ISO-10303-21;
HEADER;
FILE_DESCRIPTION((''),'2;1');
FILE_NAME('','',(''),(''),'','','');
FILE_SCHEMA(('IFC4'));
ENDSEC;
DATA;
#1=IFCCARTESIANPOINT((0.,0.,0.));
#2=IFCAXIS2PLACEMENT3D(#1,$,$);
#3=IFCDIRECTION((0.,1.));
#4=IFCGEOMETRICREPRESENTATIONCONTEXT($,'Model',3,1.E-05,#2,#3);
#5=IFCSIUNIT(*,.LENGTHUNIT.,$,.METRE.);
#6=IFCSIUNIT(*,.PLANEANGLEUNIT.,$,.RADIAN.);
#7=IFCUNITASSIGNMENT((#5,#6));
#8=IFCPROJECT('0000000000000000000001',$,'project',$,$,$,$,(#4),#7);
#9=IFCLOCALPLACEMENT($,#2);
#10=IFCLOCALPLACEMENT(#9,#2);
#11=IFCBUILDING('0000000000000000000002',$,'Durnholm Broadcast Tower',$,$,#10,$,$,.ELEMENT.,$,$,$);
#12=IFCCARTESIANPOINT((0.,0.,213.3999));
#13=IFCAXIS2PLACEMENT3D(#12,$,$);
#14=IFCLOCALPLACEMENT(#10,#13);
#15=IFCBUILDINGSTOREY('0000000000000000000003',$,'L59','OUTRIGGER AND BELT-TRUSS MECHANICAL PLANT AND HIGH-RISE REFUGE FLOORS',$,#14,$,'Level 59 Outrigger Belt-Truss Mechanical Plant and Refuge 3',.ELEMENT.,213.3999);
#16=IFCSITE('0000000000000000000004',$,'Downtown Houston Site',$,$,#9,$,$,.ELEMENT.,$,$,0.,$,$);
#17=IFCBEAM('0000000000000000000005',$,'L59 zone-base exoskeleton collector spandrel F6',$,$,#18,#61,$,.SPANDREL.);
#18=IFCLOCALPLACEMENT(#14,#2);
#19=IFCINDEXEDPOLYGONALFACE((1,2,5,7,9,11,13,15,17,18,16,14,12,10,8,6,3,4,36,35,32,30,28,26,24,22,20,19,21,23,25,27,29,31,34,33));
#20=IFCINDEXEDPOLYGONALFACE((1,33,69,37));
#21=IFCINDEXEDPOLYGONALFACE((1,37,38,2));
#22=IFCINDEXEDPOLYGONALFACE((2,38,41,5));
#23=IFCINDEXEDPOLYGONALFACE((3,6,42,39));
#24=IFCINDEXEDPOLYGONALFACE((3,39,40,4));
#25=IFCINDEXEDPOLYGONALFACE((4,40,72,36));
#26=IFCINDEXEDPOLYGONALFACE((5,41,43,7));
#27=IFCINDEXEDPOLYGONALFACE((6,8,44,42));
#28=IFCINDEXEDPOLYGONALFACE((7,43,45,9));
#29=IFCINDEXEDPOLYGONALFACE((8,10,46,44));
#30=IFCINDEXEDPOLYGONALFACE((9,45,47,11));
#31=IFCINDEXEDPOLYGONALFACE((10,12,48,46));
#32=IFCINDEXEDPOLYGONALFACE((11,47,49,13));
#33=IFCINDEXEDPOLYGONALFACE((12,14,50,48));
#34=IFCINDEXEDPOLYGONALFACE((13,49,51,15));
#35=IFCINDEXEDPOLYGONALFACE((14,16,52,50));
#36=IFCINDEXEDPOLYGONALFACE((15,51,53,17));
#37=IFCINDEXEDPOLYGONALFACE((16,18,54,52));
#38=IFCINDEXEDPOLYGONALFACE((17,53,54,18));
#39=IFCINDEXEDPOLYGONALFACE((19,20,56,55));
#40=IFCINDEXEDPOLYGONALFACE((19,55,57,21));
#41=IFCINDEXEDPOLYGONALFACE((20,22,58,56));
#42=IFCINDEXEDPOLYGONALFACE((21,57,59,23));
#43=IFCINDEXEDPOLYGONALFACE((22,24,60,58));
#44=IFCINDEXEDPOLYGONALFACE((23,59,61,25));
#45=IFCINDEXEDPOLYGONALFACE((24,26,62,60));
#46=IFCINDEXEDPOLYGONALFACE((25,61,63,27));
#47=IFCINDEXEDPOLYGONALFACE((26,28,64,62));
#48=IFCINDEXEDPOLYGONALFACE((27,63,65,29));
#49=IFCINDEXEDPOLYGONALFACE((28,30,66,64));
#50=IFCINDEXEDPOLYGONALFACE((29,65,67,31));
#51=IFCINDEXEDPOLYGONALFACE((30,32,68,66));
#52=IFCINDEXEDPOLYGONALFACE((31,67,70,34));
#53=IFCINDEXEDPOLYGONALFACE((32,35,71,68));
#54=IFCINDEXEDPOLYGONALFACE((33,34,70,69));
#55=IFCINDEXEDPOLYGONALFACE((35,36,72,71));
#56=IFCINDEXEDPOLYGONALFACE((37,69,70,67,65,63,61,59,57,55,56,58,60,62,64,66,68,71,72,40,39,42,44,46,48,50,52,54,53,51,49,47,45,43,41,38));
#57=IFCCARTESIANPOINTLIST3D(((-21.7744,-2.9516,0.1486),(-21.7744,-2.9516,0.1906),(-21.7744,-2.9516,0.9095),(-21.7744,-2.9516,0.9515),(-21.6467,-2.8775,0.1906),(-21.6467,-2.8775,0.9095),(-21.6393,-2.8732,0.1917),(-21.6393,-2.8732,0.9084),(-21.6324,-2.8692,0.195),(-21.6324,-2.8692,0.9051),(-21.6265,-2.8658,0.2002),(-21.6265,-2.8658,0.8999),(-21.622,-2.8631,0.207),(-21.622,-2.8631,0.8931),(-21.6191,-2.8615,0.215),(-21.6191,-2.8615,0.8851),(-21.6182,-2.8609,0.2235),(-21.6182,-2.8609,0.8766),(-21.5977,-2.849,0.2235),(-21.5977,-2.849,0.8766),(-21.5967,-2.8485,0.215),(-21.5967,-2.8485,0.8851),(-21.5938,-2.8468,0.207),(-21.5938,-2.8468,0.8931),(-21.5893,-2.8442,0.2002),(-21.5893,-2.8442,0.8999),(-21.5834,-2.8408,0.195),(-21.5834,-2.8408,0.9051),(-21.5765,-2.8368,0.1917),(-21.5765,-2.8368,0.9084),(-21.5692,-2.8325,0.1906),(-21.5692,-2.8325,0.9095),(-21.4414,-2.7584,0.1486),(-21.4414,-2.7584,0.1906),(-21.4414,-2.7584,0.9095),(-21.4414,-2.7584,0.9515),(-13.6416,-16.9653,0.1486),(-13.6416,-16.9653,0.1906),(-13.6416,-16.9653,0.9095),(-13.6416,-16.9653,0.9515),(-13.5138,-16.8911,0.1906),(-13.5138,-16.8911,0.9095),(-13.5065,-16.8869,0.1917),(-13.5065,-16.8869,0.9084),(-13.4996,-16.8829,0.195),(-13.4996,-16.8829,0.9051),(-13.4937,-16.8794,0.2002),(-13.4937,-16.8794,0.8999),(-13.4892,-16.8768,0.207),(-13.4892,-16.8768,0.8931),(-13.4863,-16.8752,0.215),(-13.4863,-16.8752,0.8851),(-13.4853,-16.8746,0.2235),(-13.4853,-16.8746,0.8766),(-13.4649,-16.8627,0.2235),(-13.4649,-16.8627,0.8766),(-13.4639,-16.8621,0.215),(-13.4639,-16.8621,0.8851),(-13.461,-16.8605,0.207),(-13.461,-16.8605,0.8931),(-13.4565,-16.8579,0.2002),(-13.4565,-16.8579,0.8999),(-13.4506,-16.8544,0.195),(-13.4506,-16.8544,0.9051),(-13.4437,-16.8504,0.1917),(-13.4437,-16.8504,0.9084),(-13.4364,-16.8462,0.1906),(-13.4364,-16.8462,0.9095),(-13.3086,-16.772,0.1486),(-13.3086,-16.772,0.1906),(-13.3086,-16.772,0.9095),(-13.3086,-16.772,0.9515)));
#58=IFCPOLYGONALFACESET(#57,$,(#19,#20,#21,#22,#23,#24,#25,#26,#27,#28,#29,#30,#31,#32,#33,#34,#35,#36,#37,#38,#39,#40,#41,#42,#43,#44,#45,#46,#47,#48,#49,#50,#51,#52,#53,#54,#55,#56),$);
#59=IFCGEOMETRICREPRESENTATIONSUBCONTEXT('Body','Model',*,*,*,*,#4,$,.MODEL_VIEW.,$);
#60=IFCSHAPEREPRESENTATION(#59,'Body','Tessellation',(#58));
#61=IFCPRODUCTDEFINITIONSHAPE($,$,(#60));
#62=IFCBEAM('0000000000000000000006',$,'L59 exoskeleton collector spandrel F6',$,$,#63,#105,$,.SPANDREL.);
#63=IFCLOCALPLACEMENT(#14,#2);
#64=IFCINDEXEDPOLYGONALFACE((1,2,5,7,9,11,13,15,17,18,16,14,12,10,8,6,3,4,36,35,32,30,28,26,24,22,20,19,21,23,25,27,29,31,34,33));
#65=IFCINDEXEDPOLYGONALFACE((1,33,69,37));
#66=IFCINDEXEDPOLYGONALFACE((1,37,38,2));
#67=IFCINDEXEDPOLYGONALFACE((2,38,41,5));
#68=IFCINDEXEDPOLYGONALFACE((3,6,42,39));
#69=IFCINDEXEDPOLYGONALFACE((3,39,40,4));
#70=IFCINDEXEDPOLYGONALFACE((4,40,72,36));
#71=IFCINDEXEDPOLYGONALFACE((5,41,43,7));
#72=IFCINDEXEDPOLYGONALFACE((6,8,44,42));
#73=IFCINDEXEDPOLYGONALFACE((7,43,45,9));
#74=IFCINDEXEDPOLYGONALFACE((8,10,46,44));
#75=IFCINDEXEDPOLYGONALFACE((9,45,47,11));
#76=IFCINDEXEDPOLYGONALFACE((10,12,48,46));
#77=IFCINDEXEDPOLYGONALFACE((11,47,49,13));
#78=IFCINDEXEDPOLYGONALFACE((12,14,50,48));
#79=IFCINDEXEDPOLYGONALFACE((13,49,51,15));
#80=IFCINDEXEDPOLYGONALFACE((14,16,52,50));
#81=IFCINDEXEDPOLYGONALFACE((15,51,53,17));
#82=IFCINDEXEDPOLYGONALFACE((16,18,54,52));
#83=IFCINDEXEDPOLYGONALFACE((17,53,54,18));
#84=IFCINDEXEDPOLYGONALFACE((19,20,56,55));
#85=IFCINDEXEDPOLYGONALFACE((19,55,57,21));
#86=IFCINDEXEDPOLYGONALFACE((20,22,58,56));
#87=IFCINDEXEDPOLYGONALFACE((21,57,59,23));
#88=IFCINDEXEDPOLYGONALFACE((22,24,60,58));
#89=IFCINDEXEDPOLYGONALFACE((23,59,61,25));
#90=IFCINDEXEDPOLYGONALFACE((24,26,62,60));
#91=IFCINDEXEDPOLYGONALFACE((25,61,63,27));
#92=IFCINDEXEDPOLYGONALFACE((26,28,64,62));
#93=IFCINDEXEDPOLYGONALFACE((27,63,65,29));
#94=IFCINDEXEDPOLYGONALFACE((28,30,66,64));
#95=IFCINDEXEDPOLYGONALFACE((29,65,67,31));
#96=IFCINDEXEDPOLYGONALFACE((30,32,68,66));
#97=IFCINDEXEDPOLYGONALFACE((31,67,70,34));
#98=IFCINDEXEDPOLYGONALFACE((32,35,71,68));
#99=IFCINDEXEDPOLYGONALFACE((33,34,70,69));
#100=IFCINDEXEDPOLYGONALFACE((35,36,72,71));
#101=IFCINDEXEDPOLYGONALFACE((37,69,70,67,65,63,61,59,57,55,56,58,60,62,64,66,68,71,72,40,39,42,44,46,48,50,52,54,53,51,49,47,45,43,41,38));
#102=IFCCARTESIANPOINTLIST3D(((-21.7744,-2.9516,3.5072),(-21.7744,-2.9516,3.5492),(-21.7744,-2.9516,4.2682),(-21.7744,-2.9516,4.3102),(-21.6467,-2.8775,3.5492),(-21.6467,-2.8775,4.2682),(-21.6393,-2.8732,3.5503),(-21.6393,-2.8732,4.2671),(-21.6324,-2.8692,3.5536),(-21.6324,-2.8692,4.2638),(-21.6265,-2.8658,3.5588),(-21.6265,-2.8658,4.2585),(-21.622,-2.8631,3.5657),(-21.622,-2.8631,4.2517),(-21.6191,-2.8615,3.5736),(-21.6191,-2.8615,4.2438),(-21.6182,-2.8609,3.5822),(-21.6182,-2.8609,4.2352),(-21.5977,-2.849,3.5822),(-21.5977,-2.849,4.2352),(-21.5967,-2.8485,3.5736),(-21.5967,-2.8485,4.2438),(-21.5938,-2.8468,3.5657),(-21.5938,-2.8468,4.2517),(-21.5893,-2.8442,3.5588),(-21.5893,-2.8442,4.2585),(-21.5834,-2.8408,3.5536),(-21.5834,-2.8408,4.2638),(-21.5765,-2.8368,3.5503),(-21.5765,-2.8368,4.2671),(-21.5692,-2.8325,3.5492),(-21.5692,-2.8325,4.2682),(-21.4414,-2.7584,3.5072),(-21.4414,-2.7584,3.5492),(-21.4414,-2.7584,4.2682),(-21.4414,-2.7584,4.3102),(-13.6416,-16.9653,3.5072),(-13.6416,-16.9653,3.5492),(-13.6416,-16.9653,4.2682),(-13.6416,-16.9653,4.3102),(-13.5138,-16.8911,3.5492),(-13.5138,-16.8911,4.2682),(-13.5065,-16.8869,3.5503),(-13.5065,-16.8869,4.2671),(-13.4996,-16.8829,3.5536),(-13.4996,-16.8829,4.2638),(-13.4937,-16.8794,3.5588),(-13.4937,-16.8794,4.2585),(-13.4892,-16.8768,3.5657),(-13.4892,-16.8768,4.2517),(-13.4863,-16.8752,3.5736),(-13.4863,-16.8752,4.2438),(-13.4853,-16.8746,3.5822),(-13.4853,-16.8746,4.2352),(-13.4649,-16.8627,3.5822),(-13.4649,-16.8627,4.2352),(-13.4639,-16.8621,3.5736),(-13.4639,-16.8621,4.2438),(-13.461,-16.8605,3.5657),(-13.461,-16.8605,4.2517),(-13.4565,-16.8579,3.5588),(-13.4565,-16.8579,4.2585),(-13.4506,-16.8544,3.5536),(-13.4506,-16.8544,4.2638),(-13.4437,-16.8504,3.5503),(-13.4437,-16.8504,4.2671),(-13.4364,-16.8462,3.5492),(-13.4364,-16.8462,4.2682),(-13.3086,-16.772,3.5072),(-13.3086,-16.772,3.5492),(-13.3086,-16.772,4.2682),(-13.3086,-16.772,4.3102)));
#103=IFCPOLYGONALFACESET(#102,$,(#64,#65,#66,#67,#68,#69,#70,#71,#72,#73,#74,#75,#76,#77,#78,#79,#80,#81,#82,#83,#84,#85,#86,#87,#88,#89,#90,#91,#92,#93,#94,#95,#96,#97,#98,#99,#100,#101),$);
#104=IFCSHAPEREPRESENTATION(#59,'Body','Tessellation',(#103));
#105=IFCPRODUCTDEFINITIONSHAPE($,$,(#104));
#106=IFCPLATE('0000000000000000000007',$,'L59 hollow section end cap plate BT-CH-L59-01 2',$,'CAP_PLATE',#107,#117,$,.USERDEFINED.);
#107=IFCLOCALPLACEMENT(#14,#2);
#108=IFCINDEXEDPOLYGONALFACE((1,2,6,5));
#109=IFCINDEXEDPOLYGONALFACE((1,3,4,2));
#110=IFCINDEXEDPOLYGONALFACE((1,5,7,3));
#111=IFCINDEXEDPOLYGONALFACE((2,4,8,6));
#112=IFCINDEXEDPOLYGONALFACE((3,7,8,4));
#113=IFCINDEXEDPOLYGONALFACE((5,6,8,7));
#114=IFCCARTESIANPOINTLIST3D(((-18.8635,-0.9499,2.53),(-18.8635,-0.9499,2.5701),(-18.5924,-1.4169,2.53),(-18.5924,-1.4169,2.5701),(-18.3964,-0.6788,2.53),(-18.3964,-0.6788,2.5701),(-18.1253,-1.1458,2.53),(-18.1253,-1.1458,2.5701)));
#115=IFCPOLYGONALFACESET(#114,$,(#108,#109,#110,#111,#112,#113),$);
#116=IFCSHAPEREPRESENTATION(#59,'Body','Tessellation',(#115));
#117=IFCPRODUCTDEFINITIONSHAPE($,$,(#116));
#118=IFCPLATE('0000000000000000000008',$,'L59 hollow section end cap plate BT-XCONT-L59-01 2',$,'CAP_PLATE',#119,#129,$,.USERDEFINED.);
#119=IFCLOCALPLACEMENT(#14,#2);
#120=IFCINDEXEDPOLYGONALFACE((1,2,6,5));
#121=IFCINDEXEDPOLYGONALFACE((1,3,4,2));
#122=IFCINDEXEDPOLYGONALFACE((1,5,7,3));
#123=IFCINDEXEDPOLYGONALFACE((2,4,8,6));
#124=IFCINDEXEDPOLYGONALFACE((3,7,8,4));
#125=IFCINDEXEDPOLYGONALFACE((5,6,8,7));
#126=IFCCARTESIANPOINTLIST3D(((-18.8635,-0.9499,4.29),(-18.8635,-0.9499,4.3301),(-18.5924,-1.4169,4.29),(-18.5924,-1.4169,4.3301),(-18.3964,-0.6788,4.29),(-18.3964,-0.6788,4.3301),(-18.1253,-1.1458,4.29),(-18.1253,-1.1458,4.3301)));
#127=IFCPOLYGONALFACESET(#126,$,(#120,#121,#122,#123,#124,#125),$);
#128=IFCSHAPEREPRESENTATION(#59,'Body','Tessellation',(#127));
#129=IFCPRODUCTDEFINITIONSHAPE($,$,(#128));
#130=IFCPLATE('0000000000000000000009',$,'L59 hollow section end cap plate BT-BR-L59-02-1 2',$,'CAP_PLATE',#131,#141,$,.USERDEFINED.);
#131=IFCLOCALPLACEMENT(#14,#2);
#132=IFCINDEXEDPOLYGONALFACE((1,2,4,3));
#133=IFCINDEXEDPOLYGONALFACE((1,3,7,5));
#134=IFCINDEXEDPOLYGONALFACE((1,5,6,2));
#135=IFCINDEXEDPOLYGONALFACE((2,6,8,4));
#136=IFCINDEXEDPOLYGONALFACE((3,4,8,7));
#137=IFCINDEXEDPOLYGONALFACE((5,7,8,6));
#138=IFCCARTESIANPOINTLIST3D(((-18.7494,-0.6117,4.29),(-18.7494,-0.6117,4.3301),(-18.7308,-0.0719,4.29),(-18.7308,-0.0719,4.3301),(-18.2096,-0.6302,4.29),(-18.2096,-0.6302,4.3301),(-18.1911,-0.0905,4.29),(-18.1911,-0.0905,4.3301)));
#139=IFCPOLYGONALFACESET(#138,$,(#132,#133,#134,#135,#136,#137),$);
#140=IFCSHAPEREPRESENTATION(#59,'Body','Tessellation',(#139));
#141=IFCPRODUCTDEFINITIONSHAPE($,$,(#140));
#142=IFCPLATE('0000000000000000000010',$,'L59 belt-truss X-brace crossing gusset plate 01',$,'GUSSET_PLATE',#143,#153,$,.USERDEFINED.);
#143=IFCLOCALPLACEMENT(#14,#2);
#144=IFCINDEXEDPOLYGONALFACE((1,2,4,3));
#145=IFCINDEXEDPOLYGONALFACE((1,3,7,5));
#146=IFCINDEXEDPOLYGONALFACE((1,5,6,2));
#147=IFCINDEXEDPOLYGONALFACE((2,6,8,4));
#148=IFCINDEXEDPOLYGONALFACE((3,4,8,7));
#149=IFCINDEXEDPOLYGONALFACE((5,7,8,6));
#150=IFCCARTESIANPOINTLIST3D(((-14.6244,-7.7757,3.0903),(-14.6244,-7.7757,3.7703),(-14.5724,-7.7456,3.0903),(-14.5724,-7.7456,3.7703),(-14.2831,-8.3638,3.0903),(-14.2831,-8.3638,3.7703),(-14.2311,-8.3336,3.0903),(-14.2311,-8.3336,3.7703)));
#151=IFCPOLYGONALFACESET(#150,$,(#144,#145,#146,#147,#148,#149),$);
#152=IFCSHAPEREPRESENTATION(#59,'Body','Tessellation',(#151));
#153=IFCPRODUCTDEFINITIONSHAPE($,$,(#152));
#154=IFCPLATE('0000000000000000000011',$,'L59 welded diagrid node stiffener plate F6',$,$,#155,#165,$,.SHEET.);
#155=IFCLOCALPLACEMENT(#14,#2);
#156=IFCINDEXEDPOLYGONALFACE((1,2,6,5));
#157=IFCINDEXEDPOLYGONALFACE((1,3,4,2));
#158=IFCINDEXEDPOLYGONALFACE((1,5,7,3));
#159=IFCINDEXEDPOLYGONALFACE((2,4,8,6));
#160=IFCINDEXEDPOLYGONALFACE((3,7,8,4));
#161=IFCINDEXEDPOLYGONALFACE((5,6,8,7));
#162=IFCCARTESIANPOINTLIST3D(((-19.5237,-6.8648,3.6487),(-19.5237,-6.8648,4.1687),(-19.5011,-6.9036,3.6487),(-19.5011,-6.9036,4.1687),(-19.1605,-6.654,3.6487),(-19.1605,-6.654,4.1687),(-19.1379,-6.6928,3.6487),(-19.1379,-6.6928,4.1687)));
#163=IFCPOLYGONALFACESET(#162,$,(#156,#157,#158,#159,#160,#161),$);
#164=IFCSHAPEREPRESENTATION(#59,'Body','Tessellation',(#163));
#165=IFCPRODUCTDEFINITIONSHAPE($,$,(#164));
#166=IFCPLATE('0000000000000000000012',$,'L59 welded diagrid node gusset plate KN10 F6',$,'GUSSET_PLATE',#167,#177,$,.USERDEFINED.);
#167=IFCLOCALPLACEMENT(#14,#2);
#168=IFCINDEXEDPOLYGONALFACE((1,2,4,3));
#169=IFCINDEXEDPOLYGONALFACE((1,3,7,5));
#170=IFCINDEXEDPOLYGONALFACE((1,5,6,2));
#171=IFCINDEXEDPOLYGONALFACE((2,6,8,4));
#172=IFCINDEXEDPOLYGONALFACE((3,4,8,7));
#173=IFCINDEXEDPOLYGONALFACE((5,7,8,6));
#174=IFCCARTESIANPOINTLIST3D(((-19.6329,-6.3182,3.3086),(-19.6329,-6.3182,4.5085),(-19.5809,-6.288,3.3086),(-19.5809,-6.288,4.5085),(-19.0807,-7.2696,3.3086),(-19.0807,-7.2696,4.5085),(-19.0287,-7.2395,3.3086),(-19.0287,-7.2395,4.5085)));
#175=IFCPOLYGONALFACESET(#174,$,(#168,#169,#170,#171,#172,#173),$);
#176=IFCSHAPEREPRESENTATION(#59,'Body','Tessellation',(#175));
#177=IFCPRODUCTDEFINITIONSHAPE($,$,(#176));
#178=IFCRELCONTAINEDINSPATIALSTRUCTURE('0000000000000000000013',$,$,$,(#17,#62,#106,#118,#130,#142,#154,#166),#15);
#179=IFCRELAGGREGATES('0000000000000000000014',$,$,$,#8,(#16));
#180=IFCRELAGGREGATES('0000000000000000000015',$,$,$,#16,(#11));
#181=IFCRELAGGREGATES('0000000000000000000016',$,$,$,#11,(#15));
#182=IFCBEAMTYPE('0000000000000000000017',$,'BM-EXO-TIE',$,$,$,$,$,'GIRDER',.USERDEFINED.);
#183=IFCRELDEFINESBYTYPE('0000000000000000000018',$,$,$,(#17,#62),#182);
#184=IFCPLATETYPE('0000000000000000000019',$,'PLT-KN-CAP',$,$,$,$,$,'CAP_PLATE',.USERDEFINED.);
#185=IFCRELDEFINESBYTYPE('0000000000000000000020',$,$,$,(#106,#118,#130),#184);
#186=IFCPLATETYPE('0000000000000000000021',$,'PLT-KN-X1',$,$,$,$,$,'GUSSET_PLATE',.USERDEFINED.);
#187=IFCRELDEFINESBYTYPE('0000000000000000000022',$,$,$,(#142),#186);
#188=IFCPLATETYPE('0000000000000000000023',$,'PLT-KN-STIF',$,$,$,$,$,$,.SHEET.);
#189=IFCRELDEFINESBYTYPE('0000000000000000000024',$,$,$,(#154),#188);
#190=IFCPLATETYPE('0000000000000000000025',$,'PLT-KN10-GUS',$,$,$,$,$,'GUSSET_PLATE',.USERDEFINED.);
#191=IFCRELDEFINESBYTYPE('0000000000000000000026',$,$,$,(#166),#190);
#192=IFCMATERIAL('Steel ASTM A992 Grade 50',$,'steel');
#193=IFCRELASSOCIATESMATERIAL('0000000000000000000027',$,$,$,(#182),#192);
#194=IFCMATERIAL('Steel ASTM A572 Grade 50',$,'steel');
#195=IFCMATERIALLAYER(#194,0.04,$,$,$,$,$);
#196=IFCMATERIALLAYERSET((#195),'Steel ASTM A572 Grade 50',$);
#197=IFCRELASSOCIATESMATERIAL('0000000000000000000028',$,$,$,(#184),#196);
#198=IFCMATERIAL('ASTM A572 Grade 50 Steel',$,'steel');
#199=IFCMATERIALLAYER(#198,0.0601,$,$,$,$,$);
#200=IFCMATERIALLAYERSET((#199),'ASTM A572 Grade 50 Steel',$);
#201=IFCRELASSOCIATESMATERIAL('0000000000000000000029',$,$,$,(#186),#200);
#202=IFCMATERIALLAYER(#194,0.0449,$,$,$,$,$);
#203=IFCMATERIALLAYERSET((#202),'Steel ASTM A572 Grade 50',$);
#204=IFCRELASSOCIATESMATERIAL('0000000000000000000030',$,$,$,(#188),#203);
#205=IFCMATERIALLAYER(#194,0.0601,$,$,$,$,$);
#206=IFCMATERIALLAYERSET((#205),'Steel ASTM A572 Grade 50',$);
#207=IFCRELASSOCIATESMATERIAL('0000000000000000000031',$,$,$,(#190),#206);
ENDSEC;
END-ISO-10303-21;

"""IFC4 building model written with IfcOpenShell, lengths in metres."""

from ifc_helpers import new_model, si_unit, direction, frame, origin, origin_2d, place, context, subcontext, project, spatial, rectangle, i_section, extrude, source, transform, mapped, material, layer, layer_set, material_profile, profile_set, type_object, type_shapes, element, save


model = new_model("IFC4")

# Units and contexts
model_context = context("Model", 3, precision=1e-05, world=origin(), true_north=direction((0.0, 1.0)))
body_context = subcontext(model_context, "Body", "Model", "MODEL_VIEW")
ifc_project = project(units=[si_unit("LENGTHUNIT", "METRE"), si_unit("PLANEANGLEUNIT", "RADIAN")], contexts=[model_context])

# Site, building, storey
site_placement = place(None, origin())
site = spatial("IfcSite", under=ifc_project, at=site_placement, Name="Downtown Houston Site", CompositionType="ELEMENT", RefElevation=0.0)
building_placement = place(site_placement, origin())
building = spatial("IfcBuilding", under=site, at=building_placement, Name="Durnholm Broadcast Tower", CompositionType="ELEMENT")
storey_placement = place(building_placement, frame((0.0, 0.0, 213.3999)))
storey = spatial("IfcBuildingStorey", under=building, at=storey_placement, Name="L59", Description="OUTRIGGER AND BELT-TRUSS MECHANICAL PLANT AND HIGH-RISE REFUGE FLOORS", LongName="Level 59 Outrigger Belt-Truss Mechanical Plant and Refuge 3", CompositionType="ELEMENT", Elevation=213.3999)

# Shared definitions
ifc_material_1 = material(Name="Steel ASTM A992 Grade 50", Category="steel")
ifc_material_profile_1 = material_profile(ifc_material_1, i_section(OverallWidth=0.385, OverallDepth=0.803, WebThickness=0.0237, FlangeThickness=0.042, FilletRadius=0.033, at=origin_2d()), Name="W30X261")
ifc_profile_set_1 = profile_set([ifc_material_profile_1], Name="Steel ASTM A992 Grade 50")
beam_type_1 = type_object("IfcBeamType", Name="BM-EXO-TIE", ElementType="GIRDER", PredefinedType="USERDEFINED", material=ifc_profile_set_1)

# Beams
shared_shape_1 = source(origin(), body_context, "Body", "SweptSolid", [
    extrude(i_section(OverallWidth=0.385, OverallDepth=0.803, WebThickness=0.0237, FlangeThickness=0.042, FilletRadius=0.033, at=origin_2d()), origin(), (0.0, 0.0, 1.0), 16.2026),
])
for number, where, z_axis, x_axis, name in (
    (1, (-21.6079, -2.855, 0.55), (0.501944, -0.8649, 0.0), (0.8649, 0.501944, 0.0), "L59 zone-base exoskeleton collector spandrel F6"),
    (2, (-21.6079, -2.855, 3.9087), (0.501944, -0.8649, 0.0), (0.8649, 0.501944, 0.0), "L59 exoskeleton collector spandrel F6"),
):
    element("IfcBeam", number, at=place(storey_placement, frame(where, z_axis=z_axis, x_axis=x_axis)), inside=storey, type_object=beam_type_1, Name=name, PredefinedType="SPANDREL", context=body_context, shape_type="MappedRepresentation", body=[
        mapped(shared_shape_1, transform((0.0, 0.0, 0.0), x_axis=(1.0, 0.0, 0.0), y_axis=(0.0, 1.0, 0.0), z_axis=(0.0, 0.0, 1.0), scale=1.0)),
    ])

# Plates
ifc_material_2 = material(Name="Steel ASTM A572 Grade 50", Category="steel")
ifc_layer_1 = layer(ifc_material_2, 0.04)
ifc_layer_set_1 = layer_set([ifc_layer_1], Name="Steel ASTM A572 Grade 50")
plate_type_1 = type_object("IfcPlateType", Name="PLT-KN-CAP", ElementType="CAP_PLATE", PredefinedType="USERDEFINED", material=ifc_layer_set_1)
shared_shape_2 = source(origin(), body_context, "Body", "SweptSolid", [
    extrude(rectangle(XDim=0.54, YDim=0.54, at=origin_2d()), origin(), (0.0, 0.0, 1.0), 0.04),
])
type_shapes(plate_type_1, [shared_shape_2])
for number, where, z_axis, x_axis, name in (
    (3, (-18.4944, -1.0479, 2.53), (0.0, 0.0, 1.0), (-0.501964, 0.864889, 0.0), "L59 hollow section end cap plate BT-CH-L59-01 2"),
    (4, (-18.4944, -1.0479, 4.29), (0.0, 0.0, 1.0), (-0.501964, 0.864889, 0.0), "L59 hollow section end cap plate BT-XCONT-L59-01 2"),
    (5, (-18.4702, -0.3511, 4.29), (0.0, 0.0, 1.0), (0.034376, 0.999409, 0.0), "L59 hollow section end cap plate BT-BR-L59-02-1 2"),
):
    element("IfcPlate", number, at=place(storey_placement, frame(where, z_axis=z_axis, x_axis=x_axis)), inside=storey, type_object=plate_type_1, Name=name, ObjectType="CAP_PLATE", PredefinedType="USERDEFINED", context=body_context, shape_type="MappedRepresentation", body=[
        mapped(shared_shape_2, transform((0.0, 0.0, 0.0), x_axis=(1.0, 0.0, 0.0), y_axis=(0.0, 1.0, 0.0), z_axis=(0.0, 0.0, 1.0), scale=1.0)),
    ])
ifc_material_3 = material(Name="ASTM A572 Grade 50 Steel", Category="steel")
ifc_layer_2 = layer(ifc_material_3, 0.0601)
ifc_layer_set_2 = layer_set([ifc_layer_2], Name="ASTM A572 Grade 50 Steel")
plate_type_2 = type_object("IfcPlateType", Name="PLT-KN-X1", ElementType="GUSSET_PLATE", PredefinedType="USERDEFINED", material=ifc_layer_set_2)
shared_shape_3 = source(origin(), body_context, "Body", "SweptSolid", [
    extrude(rectangle(XDim=0.6799, YDim=0.0601, at=origin_2d()), origin(), (0.0, 0.0, 1.0), 0.6799),
])
type_shapes(plate_type_2, [shared_shape_3])
plate_1_placement = place(storey_placement, frame((-14.4277, -8.0547, 3.0903), z_axis=(0.0, 0.0, 1.0), x_axis=(-0.501964, 0.864889, 0.0)))
element("IfcPlate", 6, at=plate_1_placement, inside=storey, type_object=plate_type_2, Name="L59 belt-truss X-brace crossing gusset plate 01", ObjectType="GUSSET_PLATE", PredefinedType="USERDEFINED", context=body_context, shape_type="MappedRepresentation", body=[
    mapped(shared_shape_3, transform((0.0, 0.0, 0.0), x_axis=(1.0, 0.0, 0.0), y_axis=(0.0, 1.0, 0.0), z_axis=(0.0, 0.0, 1.0), scale=1.0)),
])
ifc_layer_3 = layer(ifc_material_2, 0.0449)
ifc_layer_set_3 = layer_set([ifc_layer_3], Name="Steel ASTM A572 Grade 50")
plate_type_3 = type_object("IfcPlateType", Name="PLT-KN-STIF", PredefinedType="SHEET", material=ifc_layer_set_3)
shared_shape_4 = source(origin(), body_context, "Body", "SweptSolid", [
    extrude(rectangle(XDim=0.0449, YDim=0.4199, at=origin_2d()), origin(), (0.0, 0.0, 1.0), 0.52),
])
type_shapes(plate_type_3, [shared_shape_4])
plate_2_placement = place(storey_placement, frame((-19.3308, -6.7788, 3.6487), z_axis=(0.0, 0.0, 1.0), x_axis=(0.501964, -0.864889, 0.0)))
element("IfcPlate", 7, at=plate_2_placement, inside=storey, type_object=plate_type_3, Name="L59 welded diagrid node stiffener plate F6", PredefinedType="SHEET", context=body_context, shape_type="MappedRepresentation", body=[
    mapped(shared_shape_4, transform((0.0, 0.0, 0.0), x_axis=(1.0, 0.0, 0.0), y_axis=(0.0, 1.0, 0.0), z_axis=(0.0, 0.0, 1.0), scale=1.0)),
])
ifc_layer_4 = layer(ifc_material_2, 0.0601)
ifc_layer_set_4 = layer_set([ifc_layer_4], Name="Steel ASTM A572 Grade 50")
plate_type_4 = type_object("IfcPlateType", Name="PLT-KN10-GUS", ElementType="GUSSET_PLATE", PredefinedType="USERDEFINED", material=ifc_layer_set_4)
shared_shape_5 = source(origin(), body_context, "Body", "SweptSolid", [
    extrude(rectangle(XDim=1.1001, YDim=0.0601, at=origin_2d()), origin(), (0.0, 0.0, 1.0), 1.2),
])
type_shapes(plate_type_4, [shared_shape_5])
plate_3_placement = place(storey_placement, frame((-19.3308, -6.7788, 3.3086), z_axis=(0.0, 0.0, 1.0), x_axis=(0.501964, -0.864889, 0.0)))
element("IfcPlate", 8, at=plate_3_placement, inside=storey, type_object=plate_type_4, Name="L59 welded diagrid node gusset plate KN10 F6", ObjectType="GUSSET_PLATE", PredefinedType="USERDEFINED", context=body_context, shape_type="MappedRepresentation", body=[
    mapped(shared_shape_5, transform((0.0, 0.0, 0.0), x_axis=(1.0, 0.0, 0.0), y_axis=(0.0, 1.0, 0.0), z_axis=(0.0, 0.0, 1.0), scale=1.0)),
])

save(model, "model.ifc")
